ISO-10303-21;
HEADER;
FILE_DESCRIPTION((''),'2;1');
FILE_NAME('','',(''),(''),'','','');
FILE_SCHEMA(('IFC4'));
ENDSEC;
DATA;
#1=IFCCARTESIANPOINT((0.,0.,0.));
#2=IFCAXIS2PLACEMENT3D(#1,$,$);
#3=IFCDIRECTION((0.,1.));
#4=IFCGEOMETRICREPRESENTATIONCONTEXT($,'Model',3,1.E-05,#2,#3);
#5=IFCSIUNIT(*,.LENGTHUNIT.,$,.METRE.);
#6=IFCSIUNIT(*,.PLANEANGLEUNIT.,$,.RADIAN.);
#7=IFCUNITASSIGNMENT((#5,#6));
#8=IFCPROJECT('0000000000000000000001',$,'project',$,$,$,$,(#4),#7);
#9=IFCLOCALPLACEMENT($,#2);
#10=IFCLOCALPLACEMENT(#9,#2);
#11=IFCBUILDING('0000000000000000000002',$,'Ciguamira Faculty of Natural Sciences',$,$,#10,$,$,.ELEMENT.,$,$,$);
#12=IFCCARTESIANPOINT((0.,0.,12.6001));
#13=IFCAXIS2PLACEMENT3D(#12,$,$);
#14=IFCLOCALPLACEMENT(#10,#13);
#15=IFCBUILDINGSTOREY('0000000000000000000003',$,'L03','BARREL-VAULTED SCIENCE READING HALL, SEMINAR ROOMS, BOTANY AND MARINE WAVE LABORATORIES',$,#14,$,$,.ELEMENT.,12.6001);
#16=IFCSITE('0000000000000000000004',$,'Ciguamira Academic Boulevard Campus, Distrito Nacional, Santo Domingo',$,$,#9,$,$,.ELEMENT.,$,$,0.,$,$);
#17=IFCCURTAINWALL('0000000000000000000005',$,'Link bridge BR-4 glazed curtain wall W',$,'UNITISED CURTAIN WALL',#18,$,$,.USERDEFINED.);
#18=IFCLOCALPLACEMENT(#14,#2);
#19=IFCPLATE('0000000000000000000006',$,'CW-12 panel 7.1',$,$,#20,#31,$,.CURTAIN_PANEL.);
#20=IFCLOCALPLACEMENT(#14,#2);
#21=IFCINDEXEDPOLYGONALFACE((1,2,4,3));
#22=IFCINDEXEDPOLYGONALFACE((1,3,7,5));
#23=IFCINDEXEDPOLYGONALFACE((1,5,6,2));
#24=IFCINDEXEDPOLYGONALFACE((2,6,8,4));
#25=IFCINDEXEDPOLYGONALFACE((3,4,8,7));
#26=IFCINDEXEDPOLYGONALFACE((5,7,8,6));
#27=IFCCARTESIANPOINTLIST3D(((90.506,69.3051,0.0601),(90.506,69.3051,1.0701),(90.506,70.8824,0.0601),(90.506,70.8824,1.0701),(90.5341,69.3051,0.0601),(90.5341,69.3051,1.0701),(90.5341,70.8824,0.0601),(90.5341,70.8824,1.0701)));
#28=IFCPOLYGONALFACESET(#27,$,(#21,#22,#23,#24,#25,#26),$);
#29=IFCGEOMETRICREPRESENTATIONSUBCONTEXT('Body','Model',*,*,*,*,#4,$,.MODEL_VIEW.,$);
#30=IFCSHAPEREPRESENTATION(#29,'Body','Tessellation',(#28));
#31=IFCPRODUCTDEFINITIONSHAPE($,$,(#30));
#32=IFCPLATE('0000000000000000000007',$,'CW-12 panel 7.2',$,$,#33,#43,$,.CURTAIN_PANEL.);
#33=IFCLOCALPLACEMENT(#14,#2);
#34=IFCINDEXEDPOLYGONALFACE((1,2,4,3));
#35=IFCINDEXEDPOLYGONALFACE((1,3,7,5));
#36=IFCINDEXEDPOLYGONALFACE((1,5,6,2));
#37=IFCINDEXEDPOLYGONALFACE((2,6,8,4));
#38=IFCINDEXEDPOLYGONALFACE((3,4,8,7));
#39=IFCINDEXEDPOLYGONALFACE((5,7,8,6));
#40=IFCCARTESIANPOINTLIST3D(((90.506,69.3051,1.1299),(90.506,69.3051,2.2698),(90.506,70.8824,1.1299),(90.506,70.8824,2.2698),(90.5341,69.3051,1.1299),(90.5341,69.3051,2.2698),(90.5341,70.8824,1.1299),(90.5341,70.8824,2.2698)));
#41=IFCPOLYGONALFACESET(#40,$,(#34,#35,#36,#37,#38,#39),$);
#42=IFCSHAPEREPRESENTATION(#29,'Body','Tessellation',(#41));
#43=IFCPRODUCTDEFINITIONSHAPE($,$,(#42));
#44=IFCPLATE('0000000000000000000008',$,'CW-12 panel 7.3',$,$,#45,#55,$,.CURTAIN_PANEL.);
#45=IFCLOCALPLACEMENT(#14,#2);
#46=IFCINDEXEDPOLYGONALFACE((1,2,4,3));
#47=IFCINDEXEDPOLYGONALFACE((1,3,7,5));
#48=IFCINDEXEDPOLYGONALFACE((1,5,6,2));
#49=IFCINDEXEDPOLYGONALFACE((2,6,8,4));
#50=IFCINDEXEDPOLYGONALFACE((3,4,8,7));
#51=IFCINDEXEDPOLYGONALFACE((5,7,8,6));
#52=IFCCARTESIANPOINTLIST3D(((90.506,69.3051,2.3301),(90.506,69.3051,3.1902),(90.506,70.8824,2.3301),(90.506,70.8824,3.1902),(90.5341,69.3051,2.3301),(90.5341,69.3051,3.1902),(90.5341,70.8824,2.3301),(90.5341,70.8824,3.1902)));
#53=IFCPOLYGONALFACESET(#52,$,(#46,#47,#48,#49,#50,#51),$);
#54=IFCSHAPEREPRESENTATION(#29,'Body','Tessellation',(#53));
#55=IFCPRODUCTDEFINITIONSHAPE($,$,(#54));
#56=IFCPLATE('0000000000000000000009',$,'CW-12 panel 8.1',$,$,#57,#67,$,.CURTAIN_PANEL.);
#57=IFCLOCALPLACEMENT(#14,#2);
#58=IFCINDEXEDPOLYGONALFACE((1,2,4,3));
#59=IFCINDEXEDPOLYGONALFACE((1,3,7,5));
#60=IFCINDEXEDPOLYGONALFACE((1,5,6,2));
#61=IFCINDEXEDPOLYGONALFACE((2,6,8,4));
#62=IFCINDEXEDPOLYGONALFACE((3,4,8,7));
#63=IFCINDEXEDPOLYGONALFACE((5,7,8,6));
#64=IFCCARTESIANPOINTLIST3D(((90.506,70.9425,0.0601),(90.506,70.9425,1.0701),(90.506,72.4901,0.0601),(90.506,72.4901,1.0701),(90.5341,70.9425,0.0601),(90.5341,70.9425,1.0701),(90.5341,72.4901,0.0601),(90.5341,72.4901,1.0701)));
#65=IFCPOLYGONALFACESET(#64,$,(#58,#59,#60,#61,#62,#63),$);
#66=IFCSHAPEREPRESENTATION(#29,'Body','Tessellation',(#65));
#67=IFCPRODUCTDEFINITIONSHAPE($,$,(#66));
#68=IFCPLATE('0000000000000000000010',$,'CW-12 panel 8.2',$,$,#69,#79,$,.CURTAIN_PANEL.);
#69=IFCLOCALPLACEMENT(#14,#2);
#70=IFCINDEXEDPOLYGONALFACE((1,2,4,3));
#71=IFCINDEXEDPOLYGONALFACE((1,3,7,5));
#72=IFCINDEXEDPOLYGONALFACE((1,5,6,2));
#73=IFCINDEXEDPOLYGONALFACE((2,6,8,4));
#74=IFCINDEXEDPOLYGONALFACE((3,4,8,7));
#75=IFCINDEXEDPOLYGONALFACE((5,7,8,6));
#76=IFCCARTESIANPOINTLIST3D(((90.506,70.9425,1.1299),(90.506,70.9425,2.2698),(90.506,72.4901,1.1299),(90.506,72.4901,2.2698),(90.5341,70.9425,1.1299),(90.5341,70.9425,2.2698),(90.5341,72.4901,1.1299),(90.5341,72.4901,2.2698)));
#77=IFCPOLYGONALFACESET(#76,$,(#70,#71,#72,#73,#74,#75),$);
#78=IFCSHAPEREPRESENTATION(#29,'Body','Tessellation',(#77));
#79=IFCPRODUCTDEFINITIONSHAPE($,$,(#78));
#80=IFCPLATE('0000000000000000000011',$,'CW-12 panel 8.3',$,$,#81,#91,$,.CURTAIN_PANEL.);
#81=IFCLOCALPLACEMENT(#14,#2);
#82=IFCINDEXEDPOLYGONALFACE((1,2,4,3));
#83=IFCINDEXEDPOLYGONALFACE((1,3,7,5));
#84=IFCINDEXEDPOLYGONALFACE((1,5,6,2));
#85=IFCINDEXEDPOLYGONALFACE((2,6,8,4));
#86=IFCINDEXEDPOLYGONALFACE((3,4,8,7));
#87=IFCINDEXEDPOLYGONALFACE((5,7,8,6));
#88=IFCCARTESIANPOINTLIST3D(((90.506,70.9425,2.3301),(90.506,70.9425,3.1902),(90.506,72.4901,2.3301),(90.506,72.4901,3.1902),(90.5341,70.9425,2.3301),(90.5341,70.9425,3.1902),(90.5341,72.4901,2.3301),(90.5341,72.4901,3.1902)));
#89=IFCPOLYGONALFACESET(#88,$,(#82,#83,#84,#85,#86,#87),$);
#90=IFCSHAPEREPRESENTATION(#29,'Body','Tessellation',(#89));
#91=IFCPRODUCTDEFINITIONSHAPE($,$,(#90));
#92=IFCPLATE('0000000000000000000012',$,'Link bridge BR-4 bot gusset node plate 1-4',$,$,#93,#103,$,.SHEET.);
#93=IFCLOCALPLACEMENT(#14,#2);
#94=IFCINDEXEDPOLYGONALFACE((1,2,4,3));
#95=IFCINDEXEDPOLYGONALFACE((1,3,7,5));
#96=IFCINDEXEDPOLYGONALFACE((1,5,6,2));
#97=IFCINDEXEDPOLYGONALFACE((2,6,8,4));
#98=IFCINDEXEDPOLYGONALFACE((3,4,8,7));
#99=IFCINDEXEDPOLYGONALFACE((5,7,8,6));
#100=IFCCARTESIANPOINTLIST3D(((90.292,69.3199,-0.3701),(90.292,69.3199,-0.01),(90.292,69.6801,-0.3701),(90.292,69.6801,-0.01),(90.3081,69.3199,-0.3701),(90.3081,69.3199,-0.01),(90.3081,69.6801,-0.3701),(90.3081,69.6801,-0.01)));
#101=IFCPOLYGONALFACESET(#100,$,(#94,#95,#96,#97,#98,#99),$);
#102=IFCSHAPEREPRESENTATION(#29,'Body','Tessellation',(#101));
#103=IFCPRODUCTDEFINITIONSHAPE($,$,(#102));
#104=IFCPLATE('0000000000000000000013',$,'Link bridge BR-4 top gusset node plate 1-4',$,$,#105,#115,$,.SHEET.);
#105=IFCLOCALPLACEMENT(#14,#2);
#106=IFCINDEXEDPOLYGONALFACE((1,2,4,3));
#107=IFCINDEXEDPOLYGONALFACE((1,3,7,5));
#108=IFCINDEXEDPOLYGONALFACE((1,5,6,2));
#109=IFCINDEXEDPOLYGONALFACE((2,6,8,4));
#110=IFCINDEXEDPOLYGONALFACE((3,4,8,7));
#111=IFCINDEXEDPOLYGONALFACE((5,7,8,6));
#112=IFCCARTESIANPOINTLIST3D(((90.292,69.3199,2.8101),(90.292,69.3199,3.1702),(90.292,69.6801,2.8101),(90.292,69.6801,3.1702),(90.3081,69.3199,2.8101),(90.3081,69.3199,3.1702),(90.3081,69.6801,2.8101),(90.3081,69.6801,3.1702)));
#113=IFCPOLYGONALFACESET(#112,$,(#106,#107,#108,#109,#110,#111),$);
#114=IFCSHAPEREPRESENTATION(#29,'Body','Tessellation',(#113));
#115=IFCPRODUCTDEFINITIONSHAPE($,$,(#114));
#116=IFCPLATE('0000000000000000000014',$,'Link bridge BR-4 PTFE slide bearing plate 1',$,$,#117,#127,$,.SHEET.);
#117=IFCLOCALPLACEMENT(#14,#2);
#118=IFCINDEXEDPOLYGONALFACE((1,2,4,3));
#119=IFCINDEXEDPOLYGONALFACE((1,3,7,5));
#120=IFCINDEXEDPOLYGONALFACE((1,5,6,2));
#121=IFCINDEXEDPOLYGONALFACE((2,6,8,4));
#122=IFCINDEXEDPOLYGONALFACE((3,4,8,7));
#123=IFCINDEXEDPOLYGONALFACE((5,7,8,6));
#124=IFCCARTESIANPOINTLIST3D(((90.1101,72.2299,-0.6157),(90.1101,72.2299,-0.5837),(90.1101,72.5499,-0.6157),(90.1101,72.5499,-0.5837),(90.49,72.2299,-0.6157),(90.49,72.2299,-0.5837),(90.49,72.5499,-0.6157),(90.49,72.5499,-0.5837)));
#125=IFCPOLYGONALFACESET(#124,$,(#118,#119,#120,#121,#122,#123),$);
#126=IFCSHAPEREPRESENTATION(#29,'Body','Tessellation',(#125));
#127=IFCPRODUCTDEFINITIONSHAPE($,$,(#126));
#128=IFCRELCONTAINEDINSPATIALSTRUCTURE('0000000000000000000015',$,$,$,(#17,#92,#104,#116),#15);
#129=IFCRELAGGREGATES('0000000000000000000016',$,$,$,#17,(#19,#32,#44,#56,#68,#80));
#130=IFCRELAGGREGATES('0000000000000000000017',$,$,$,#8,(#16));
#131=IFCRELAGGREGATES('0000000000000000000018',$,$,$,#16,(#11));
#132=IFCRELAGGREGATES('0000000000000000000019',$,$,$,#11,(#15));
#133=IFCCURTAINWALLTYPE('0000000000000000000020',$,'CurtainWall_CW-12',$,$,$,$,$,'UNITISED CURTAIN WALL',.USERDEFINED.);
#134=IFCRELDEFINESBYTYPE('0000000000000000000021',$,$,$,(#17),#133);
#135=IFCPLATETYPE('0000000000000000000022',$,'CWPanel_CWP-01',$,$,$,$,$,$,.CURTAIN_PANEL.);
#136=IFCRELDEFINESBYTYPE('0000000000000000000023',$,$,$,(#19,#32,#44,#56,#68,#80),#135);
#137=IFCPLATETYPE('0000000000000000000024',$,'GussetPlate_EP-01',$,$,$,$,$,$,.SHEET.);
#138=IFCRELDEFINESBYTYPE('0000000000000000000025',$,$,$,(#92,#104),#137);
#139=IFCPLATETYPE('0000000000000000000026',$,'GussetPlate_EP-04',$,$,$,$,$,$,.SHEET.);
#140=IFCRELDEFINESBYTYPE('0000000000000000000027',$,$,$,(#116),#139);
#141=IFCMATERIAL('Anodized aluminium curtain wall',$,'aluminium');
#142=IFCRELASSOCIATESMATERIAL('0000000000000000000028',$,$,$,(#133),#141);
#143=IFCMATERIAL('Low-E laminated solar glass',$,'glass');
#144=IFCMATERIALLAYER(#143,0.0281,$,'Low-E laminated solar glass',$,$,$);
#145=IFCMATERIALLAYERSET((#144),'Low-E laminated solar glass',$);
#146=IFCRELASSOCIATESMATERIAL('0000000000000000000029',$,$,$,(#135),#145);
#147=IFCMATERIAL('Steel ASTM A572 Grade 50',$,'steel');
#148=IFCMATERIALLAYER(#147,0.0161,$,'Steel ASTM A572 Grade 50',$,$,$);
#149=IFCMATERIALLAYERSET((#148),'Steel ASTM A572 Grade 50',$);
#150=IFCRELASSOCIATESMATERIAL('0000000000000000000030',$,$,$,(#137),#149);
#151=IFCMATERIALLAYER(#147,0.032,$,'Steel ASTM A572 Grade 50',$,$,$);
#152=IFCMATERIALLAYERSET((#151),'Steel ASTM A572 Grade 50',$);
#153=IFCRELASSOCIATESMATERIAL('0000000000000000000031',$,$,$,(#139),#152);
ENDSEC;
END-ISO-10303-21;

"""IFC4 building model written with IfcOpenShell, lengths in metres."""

from ifc_helpers import new_model, si_unit, direction, frame, origin, origin_2d, place, context, subcontext, project, spatial, rectangle, extrude, material, layer, layer_set, type_object, element, aggregate, save


model = new_model("IFC4")

# Units and contexts
model_context = context("Model", 3, precision=1e-05, world=origin(), true_north=direction((0.0, 1.0)))
body_context = subcontext(model_context, "Body", "Model", "MODEL_VIEW")
ifc_project = project(units=[si_unit("LENGTHUNIT", "METRE"), si_unit("PLANEANGLEUNIT", "RADIAN")], contexts=[model_context])

# Site, building, storey
site_placement = place(None, origin())
site = spatial("IfcSite", under=ifc_project, at=site_placement, Name="Ciguamira Academic Boulevard Campus, Distrito Nacional, Santo Domingo", CompositionType="ELEMENT", RefElevation=0.0)
building_placement = place(site_placement, origin())
building = spatial("IfcBuilding", under=site, at=building_placement, Name="Ciguamira Faculty of Natural Sciences", CompositionType="ELEMENT")
storey_placement = place(building_placement, frame((0.0, 0.0, 12.6001)))
storey = spatial("IfcBuildingStorey", under=building, at=storey_placement, Name="L03", Description="BARREL-VAULTED SCIENCE READING HALL, SEMINAR ROOMS, BOTANY AND MARINE WAVE LABORATORIES", CompositionType="ELEMENT", Elevation=12.6001)

# Curtain wall
ifc_material_1 = material(Name="Anodized aluminium curtain wall", Category="aluminium")
curtain_wall_type = type_object("IfcCurtainWallType", Name="CurtainWall_CW-12", ElementType="UNITISED CURTAIN WALL", PredefinedType="USERDEFINED", material=ifc_material_1)
curtain_wall_placement = place(storey_placement, origin())
curtain_wall = element("IfcCurtainWall", 1, at=curtain_wall_placement, inside=storey, type_object=curtain_wall_type, Name="Link bridge BR-4 glazed curtain wall W", ObjectType="UNITISED CURTAIN WALL", PredefinedType="USERDEFINED")

# Plates
ifc_material_2 = material(Name="Low-E laminated solar glass", Category="glass")
ifc_layer_1 = layer(ifc_material_2, 0.0281, Name="Low-E laminated solar glass")
ifc_layer_set_1 = layer_set([ifc_layer_1], Name="Low-E laminated solar glass")
plate_type_1 = type_object("IfcPlateType", Name="CWPanel_CWP-01", PredefinedType="CURTAIN_PANEL", material=ifc_layer_set_1)
plate_1_placement = place(storey_placement, frame((90.52, 70.0938, 0.0601), z_axis=(0.0, 0.0, 1.0), x_axis=(0.0, 1.0, 0.0)))
plate_1 = element("IfcPlate", 2, at=plate_1_placement, type_object=plate_type_1, Name="CW-12 panel 7.1", PredefinedType="CURTAIN_PANEL", context=body_context, shape_type="SweptSolid", body=[
    extrude(rectangle(XDim=1.5774, YDim=0.0281, at=origin_2d()), origin(), (0.0, 0.0, 1.0), 1.01),
])
plate_2_placement = place(storey_placement, frame((90.52, 70.0938, 1.1299), z_axis=(0.0, 0.0, 1.0), x_axis=(0.0, 1.0, 0.0)))
plate_2 = element("IfcPlate", 3, at=plate_2_placement, type_object=plate_type_1, Name="CW-12 panel 7.2", PredefinedType="CURTAIN_PANEL", context=body_context, shape_type="SweptSolid", body=[
    extrude(rectangle(XDim=1.5774, YDim=0.0281, at=origin_2d()), origin(), (0.0, 0.0, 1.0), 1.1399),
])
plate_3_placement = place(storey_placement, frame((90.52, 70.0938, 2.3301), z_axis=(0.0, 0.0, 1.0), x_axis=(0.0, 1.0, 0.0)))
plate_3 = element("IfcPlate", 4, at=plate_3_placement, type_object=plate_type_1, Name="CW-12 panel 7.3", PredefinedType="CURTAIN_PANEL", context=body_context, shape_type="SweptSolid", body=[
    extrude(rectangle(XDim=1.5774, YDim=0.0281, at=origin_2d()), origin(), (0.0, 0.0, 1.0), 0.8601),
])
plate_4_placement = place(storey_placement, frame((90.52, 71.7163, 0.0601), z_axis=(0.0, 0.0, 1.0), x_axis=(0.0, 1.0, 0.0)))
plate_4 = element("IfcPlate", 5, at=plate_4_placement, type_object=plate_type_1, Name="CW-12 panel 8.1", PredefinedType="CURTAIN_PANEL", context=body_context, shape_type="SweptSolid", body=[
    extrude(rectangle(XDim=1.5476, YDim=0.0281, at=origin_2d()), origin(), (0.0, 0.0, 1.0), 1.01),
])
plate_5_placement = place(storey_placement, frame((90.52, 71.7163, 1.1299), z_axis=(0.0, 0.0, 1.0), x_axis=(0.0, 1.0, 0.0)))
plate_5 = element("IfcPlate", 6, at=plate_5_placement, type_object=plate_type_1, Name="CW-12 panel 8.2", PredefinedType="CURTAIN_PANEL", context=body_context, shape_type="SweptSolid", body=[
    extrude(rectangle(XDim=1.5476, YDim=0.0281, at=origin_2d()), origin(), (0.0, 0.0, 1.0), 1.1399),
])
plate_6_placement = place(storey_placement, frame((90.52, 71.7163, 2.3301), z_axis=(0.0, 0.0, 1.0), x_axis=(0.0, 1.0, 0.0)))
plate_6 = element("IfcPlate", 7, at=plate_6_placement, type_object=plate_type_1, Name="CW-12 panel 8.3", PredefinedType="CURTAIN_PANEL", context=body_context, shape_type="SweptSolid", body=[
    extrude(rectangle(XDim=1.5476, YDim=0.0281, at=origin_2d()), origin(), (0.0, 0.0, 1.0), 0.8601),
])
aggregate(curtain_wall, [plate_1, plate_2, plate_3, plate_4, plate_5, plate_6])

# Plates
ifc_material_3 = material(Name="Steel ASTM A572 Grade 50", Category="steel")
ifc_layer_2 = layer(ifc_material_3, 0.0161, Name="Steel ASTM A572 Grade 50")
ifc_layer_set_2 = layer_set([ifc_layer_2], Name="Steel ASTM A572 Grade 50")
plate_type_2 = type_object("IfcPlateType", Name="GussetPlate_EP-01", PredefinedType="SHEET", material=ifc_layer_set_2)
for number, where, z_axis, x_axis, name in (
    (8, (90.3, 69.5, -0.3701), (0.0, 0.0, 1.0), (1.0, 0.0, 0.0), "Link bridge BR-4 bot gusset node plate 1-4"),
    (9, (90.3, 69.5, 2.8101), (0.0, 0.0, 1.0), (1.0, 0.0, 0.0), "Link bridge BR-4 top gusset node plate 1-4"),
):
    element("IfcPlate", number, at=place(storey_placement, frame(where, z_axis=z_axis, x_axis=x_axis)), inside=storey, type_object=plate_type_2, Name=name, PredefinedType="SHEET", context=body_context, shape_type="SweptSolid", body=[
        extrude(rectangle(XDim=0.0161, YDim=0.3601, at=origin_2d()), origin(), (0.0, 0.0, 1.0), 0.3601),
    ])
ifc_layer_3 = layer(ifc_material_3, 0.032, Name="Steel ASTM A572 Grade 50")
ifc_layer_set_3 = layer_set([ifc_layer_3], Name="Steel ASTM A572 Grade 50")
plate_type_3 = type_object("IfcPlateType", Name="GussetPlate_EP-04", PredefinedType="SHEET", material=ifc_layer_set_3)
plate_7_placement = place(storey_placement, frame((90.3, 72.3899, -0.6157), z_axis=(0.0, 0.0, 1.0), x_axis=(1.0, 0.0, 0.0)))
element("IfcPlate", 10, at=plate_7_placement, inside=storey, type_object=plate_type_3, Name="Link bridge BR-4 PTFE slide bearing plate 1", PredefinedType="SHEET", context=body_context, shape_type="SweptSolid", body=[
    extrude(rectangle(XDim=0.3799, YDim=0.3201, at=origin_2d()), origin(), (0.0, 0.0, 1.0), 0.032),
])

save(model, "model.ifc")
